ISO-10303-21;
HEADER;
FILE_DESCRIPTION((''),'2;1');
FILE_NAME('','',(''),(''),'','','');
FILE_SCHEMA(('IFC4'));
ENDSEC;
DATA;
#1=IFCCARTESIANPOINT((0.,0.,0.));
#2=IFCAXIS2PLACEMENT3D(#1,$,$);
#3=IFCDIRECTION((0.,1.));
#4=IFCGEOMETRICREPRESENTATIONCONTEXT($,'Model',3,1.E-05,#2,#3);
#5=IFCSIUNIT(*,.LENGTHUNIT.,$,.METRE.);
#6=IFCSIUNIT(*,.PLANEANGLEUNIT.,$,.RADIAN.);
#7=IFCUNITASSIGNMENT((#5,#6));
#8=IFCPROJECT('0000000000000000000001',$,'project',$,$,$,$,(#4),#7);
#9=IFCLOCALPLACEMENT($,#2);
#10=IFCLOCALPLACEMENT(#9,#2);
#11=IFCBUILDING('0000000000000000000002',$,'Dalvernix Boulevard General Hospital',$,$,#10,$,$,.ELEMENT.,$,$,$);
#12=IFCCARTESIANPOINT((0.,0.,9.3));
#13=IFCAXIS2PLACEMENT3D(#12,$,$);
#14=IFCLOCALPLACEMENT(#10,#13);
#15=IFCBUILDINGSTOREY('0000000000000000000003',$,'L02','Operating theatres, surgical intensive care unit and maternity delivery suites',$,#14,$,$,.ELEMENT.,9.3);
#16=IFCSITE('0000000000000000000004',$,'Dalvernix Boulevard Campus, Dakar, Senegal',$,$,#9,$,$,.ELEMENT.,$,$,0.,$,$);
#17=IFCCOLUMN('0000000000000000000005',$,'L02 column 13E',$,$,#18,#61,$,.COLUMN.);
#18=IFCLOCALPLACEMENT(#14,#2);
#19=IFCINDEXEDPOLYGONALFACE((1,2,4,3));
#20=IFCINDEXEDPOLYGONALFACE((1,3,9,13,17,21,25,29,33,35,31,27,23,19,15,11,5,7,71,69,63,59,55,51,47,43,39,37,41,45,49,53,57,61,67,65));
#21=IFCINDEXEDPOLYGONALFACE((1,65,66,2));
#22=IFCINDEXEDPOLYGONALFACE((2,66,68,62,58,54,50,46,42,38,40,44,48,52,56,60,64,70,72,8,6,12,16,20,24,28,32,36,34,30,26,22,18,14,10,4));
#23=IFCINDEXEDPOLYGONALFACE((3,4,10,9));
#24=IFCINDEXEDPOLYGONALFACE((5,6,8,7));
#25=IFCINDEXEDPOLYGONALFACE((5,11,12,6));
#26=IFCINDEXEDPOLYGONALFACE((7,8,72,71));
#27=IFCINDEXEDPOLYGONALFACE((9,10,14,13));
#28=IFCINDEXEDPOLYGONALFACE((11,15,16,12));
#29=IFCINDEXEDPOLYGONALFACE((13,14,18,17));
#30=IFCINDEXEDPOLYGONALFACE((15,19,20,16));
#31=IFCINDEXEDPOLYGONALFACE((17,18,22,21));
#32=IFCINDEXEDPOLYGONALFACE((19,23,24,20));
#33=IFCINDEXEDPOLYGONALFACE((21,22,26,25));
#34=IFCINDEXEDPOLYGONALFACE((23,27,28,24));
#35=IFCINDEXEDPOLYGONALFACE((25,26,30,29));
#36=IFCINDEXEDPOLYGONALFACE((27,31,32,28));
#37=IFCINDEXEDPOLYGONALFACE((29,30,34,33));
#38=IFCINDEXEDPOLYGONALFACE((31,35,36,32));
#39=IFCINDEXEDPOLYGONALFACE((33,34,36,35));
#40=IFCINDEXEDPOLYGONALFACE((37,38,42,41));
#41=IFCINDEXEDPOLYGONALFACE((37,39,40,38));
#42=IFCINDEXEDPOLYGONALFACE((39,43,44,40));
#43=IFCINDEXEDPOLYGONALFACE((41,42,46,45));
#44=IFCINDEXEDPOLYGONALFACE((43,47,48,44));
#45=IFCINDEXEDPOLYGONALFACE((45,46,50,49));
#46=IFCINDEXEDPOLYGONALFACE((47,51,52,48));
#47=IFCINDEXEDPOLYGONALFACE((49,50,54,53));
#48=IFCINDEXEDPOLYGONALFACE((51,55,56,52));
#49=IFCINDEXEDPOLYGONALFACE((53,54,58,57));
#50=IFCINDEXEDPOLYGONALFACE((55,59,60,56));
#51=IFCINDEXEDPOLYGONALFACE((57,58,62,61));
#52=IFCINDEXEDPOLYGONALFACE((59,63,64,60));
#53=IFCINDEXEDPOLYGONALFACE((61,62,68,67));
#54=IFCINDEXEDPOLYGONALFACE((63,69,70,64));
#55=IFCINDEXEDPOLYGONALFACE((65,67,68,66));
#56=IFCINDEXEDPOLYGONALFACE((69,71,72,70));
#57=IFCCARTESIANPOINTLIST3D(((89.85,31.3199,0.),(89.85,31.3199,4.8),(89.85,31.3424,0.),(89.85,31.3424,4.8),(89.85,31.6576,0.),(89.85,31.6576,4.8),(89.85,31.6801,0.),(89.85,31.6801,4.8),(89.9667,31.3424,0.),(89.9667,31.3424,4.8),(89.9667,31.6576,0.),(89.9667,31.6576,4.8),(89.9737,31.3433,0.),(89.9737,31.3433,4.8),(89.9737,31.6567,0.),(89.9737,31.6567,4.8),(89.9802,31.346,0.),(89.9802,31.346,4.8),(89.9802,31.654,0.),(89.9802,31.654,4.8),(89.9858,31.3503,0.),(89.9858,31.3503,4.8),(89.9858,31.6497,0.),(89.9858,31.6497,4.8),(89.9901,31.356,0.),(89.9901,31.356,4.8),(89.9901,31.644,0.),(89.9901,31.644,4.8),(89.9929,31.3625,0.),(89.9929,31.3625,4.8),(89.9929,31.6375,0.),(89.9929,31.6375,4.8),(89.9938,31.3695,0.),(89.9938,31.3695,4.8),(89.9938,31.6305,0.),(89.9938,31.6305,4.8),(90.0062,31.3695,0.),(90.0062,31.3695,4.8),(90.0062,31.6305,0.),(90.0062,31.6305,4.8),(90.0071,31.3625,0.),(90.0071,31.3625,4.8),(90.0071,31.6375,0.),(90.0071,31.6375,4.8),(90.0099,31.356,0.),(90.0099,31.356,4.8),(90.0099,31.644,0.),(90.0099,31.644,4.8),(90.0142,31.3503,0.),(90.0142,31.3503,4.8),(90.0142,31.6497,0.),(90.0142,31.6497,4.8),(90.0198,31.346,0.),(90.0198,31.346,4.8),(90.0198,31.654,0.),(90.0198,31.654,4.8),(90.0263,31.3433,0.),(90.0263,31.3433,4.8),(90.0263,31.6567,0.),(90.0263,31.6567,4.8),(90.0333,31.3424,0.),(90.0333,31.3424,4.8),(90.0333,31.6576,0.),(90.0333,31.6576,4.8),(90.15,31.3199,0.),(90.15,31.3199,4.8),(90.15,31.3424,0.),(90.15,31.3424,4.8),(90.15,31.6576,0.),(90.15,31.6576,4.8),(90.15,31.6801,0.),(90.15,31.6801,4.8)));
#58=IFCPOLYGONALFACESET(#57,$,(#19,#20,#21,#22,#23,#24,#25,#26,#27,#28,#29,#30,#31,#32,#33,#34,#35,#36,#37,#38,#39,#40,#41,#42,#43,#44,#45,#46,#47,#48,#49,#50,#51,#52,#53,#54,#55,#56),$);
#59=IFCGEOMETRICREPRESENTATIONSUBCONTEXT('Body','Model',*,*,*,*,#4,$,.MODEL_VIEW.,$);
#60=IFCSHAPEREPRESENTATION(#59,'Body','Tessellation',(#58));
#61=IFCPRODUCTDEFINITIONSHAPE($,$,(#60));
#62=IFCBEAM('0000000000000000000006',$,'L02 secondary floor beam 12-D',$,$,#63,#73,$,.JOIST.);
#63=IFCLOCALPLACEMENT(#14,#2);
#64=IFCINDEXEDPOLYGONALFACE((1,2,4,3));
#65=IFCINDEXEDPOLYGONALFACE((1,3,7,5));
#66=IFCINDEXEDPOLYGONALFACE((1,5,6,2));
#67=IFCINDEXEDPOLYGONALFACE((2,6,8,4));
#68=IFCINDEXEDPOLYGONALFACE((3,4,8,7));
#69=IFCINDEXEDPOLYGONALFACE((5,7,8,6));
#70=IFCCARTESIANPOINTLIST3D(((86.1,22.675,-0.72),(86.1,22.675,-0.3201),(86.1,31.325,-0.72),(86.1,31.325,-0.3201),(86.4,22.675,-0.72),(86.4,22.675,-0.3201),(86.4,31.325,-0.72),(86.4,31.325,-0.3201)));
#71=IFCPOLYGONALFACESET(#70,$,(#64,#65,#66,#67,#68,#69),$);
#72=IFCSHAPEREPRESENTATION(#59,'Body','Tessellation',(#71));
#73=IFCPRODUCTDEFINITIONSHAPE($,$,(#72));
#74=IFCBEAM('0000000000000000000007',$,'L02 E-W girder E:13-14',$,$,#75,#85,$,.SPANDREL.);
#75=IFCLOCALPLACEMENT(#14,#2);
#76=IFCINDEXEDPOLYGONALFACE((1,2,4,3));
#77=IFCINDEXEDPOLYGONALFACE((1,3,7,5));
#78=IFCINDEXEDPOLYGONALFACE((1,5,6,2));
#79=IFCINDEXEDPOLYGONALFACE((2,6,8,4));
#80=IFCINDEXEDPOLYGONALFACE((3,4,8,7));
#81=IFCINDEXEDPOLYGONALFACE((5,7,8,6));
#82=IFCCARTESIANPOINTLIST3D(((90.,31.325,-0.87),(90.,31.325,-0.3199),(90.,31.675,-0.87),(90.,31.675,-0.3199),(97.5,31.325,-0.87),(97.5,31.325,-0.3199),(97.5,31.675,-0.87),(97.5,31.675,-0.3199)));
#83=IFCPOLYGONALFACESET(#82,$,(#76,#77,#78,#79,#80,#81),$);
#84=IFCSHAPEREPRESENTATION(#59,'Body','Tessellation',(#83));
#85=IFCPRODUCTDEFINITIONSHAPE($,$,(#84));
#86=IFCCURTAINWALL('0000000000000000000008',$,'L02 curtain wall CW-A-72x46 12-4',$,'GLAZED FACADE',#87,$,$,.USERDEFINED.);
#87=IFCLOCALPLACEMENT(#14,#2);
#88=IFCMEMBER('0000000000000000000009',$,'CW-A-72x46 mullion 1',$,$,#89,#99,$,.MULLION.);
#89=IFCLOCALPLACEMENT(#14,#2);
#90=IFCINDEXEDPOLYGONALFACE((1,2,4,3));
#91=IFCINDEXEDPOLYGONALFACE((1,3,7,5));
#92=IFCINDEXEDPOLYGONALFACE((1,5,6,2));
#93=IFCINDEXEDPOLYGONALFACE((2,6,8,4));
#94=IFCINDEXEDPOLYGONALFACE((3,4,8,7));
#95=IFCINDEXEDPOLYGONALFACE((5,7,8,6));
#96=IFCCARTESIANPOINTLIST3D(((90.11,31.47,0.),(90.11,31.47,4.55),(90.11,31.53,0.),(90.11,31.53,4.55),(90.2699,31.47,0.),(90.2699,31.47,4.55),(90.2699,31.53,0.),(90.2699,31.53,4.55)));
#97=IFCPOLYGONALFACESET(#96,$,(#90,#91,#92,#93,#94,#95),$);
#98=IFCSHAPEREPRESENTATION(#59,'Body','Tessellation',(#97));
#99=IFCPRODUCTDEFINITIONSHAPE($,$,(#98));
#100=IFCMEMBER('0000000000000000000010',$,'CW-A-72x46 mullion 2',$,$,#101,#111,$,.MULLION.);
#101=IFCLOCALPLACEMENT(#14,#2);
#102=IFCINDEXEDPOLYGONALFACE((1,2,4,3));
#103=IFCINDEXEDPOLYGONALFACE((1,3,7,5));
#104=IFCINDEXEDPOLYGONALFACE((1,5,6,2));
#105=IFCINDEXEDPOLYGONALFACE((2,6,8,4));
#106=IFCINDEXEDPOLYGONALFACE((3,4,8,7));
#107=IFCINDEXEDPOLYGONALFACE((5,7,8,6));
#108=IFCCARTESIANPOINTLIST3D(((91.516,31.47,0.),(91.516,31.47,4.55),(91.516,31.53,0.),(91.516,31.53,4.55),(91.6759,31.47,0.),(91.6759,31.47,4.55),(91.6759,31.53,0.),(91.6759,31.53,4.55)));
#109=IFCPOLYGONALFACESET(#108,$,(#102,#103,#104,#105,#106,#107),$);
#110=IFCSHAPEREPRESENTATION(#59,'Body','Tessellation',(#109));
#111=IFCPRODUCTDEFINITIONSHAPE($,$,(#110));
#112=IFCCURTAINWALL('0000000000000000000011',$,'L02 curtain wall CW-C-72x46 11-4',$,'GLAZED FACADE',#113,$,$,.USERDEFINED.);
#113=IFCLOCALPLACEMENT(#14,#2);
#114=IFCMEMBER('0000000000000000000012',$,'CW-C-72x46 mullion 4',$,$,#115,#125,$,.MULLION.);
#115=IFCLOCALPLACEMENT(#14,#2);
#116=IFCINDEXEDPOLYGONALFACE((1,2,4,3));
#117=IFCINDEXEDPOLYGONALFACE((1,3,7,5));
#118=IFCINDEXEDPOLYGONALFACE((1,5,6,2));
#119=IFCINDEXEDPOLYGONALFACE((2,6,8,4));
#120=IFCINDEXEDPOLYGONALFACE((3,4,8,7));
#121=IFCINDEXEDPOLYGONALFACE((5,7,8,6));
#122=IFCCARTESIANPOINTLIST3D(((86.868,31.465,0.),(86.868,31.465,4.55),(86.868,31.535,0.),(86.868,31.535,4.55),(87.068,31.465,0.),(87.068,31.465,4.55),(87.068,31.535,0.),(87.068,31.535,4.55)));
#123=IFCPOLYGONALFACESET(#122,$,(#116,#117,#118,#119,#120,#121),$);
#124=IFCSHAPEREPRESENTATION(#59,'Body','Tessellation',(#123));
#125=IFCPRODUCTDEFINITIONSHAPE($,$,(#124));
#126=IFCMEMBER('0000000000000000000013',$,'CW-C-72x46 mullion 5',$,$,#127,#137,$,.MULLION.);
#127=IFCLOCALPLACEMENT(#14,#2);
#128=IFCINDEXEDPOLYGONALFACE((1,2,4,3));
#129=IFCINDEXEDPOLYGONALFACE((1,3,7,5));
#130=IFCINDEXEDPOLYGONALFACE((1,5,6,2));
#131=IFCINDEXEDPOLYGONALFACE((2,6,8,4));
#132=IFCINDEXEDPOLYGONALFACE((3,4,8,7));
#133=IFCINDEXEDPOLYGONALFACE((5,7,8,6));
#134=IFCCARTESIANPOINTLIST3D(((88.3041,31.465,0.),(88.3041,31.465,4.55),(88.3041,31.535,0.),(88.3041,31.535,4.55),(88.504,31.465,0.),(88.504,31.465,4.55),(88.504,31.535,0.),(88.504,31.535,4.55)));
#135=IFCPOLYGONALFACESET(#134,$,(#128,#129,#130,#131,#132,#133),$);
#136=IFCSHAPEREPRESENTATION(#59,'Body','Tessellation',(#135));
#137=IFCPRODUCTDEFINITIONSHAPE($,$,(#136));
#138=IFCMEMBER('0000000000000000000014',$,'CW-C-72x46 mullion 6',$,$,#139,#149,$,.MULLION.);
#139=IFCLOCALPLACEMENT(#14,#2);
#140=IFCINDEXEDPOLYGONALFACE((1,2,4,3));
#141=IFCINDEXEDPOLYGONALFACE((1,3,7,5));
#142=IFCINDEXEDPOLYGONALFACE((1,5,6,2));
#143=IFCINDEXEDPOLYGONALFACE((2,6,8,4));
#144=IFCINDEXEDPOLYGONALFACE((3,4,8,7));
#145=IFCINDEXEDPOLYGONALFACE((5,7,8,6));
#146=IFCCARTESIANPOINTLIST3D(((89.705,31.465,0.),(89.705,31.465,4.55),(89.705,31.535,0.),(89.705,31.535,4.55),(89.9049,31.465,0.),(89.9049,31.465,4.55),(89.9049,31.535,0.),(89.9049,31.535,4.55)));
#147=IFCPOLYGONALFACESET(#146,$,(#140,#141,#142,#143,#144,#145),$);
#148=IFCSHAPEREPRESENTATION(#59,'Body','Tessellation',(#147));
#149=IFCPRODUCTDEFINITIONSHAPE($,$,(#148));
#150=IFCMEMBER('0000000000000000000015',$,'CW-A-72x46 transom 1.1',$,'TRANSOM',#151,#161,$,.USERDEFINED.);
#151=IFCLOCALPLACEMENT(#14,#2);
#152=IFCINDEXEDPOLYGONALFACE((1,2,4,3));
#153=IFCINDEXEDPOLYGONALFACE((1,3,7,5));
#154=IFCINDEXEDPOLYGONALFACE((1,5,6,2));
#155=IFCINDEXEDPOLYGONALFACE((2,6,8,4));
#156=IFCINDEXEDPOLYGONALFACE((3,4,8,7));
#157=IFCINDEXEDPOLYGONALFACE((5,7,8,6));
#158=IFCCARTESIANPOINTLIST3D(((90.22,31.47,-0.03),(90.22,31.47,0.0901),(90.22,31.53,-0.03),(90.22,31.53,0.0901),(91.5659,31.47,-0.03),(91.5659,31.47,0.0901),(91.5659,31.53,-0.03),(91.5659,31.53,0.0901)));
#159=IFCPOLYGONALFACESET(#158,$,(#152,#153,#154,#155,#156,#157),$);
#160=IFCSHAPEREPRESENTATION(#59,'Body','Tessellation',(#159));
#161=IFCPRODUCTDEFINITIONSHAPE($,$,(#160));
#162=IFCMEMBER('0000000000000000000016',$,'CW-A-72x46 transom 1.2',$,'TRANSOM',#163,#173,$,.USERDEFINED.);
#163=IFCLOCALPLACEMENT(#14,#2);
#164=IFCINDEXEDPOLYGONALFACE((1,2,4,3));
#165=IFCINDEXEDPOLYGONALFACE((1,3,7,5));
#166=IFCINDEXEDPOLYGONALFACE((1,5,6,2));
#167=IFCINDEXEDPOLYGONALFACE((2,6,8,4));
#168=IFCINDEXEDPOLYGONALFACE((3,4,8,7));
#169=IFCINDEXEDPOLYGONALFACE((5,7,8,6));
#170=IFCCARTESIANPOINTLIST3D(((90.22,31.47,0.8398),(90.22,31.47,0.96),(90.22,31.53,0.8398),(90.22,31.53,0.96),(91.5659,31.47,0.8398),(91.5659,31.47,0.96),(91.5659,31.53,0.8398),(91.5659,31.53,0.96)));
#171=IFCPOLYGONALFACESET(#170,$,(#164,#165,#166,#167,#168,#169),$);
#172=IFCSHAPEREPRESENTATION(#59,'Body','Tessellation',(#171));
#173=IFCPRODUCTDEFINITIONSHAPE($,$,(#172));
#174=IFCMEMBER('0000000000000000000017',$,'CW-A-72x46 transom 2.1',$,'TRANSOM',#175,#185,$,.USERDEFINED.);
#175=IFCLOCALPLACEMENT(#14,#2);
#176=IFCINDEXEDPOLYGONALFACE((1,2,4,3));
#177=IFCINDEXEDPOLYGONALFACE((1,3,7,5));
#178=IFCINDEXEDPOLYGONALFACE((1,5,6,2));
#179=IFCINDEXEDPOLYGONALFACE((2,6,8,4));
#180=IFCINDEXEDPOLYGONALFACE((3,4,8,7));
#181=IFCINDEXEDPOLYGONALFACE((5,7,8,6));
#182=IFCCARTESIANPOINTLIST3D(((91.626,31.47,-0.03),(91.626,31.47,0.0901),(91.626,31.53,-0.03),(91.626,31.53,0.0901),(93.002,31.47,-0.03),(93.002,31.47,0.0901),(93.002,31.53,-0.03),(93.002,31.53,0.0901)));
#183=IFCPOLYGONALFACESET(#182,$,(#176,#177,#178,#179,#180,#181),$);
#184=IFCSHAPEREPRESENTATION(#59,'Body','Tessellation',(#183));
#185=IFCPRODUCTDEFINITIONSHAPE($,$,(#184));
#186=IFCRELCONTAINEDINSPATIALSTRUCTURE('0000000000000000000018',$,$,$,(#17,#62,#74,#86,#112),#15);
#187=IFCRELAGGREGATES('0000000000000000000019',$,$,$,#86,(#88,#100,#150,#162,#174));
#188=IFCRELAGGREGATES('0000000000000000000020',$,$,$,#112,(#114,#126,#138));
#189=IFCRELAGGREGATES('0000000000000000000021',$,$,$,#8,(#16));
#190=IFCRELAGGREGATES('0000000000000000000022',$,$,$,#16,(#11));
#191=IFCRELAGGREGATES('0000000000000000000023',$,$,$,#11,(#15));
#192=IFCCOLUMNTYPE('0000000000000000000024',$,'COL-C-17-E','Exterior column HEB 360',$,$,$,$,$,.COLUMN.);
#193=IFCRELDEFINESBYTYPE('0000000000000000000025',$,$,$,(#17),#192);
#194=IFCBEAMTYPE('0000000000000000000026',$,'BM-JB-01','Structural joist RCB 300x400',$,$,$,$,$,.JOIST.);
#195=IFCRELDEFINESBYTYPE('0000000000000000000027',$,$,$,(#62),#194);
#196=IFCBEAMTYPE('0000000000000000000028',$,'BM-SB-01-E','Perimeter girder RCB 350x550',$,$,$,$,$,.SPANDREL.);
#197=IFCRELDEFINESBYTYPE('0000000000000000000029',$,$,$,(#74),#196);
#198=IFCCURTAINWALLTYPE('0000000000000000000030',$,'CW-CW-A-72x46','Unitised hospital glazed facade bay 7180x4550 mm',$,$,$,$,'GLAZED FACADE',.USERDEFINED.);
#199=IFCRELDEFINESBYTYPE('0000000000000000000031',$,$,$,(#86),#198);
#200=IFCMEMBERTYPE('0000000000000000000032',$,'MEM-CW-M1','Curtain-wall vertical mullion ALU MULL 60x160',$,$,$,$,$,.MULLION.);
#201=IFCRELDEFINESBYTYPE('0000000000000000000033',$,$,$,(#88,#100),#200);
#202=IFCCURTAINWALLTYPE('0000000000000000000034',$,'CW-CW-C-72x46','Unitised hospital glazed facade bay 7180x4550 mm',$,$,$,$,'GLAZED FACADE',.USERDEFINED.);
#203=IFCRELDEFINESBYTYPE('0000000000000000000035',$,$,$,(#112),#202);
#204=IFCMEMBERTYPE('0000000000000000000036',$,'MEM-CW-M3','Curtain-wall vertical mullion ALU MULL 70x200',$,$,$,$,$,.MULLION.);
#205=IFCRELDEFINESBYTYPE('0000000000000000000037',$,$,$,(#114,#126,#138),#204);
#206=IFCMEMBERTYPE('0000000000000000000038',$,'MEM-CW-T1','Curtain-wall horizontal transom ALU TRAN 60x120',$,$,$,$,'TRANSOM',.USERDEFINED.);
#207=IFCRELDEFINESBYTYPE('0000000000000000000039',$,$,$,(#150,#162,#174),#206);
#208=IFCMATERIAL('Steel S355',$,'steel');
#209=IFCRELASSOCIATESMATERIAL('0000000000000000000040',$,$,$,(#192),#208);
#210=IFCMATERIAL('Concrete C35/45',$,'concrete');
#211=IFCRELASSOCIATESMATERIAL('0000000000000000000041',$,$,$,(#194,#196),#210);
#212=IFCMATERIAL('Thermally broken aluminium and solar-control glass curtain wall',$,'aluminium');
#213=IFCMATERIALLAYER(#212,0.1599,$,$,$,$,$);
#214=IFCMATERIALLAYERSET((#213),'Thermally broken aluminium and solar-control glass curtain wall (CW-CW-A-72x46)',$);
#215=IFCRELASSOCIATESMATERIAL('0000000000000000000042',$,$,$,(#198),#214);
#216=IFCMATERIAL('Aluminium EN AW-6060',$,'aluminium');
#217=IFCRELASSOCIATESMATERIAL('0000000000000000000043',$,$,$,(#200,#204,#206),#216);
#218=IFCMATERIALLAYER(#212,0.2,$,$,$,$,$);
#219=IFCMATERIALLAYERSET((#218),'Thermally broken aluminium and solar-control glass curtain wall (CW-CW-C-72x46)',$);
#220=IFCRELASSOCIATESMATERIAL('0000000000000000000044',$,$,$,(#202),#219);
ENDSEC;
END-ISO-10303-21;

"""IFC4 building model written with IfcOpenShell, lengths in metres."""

from ifc_helpers import new_model, si_unit, direction, frame, origin, origin_2d, place, context, subcontext, project, spatial, rectangle, i_section, extrude, material, layer, layer_set, material_profile, profile_set, type_object, element, aggregate, save


model = new_model("IFC4")

# Units and contexts
model_context = context("Model", 3, precision=1e-05, world=origin(), true_north=direction((0.0, 1.0)))
body_context = subcontext(model_context, "Body", "Model", "MODEL_VIEW")
ifc_project = project(units=[si_unit("LENGTHUNIT", "METRE"), si_unit("PLANEANGLEUNIT", "RADIAN")], contexts=[model_context])

# Site, building, storey
site_placement = place(None, origin())
site = spatial("IfcSite", under=ifc_project, at=site_placement, Name="Dalvernix Boulevard Campus, Dakar, Senegal", CompositionType="ELEMENT", RefElevation=0.0)
building_placement = place(site_placement, origin())
building = spatial("IfcBuilding", under=site, at=building_placement, Name="Dalvernix Boulevard General Hospital", CompositionType="ELEMENT")
storey_placement = place(building_placement, frame((0.0, 0.0, 9.3)))
storey = spatial("IfcBuildingStorey", under=building, at=storey_placement, Name="L02", Description="Operating theatres, surgical intensive care unit and maternity delivery suites", CompositionType="ELEMENT", Elevation=9.3)

# Column
ifc_material_1 = material(Name="Steel S355", Category="steel")
ifc_material_profile_1 = material_profile(ifc_material_1, i_section(OverallWidth=0.3, OverallDepth=0.3601, WebThickness=0.0125, FlangeThickness=0.0225, FilletRadius=0.0271, at=origin_2d()), Name="HEB 360")
ifc_profile_set_1 = profile_set([ifc_material_profile_1], Name="Steel S355")
column_type = type_object("IfcColumnType", Name="COL-C-17-E", Description="Exterior column HEB 360", PredefinedType="COLUMN", material=ifc_profile_set_1)
column_placement = place(storey_placement, frame((90.0, 31.5, 0.0), z_axis=(0.0, 0.0, 1.0), x_axis=(1.0, 0.0, 0.0)))
element("IfcColumn", 1, at=column_placement, inside=storey, type_object=column_type, Name="L02 column 13E", PredefinedType="COLUMN", context=body_context, shape_type="SweptSolid", body=[
    extrude(i_section(OverallWidth=0.3, OverallDepth=0.3601, WebThickness=0.0125, FlangeThickness=0.0225, FilletRadius=0.0271, at=origin_2d()), origin(), (0.0, 0.0, 1.0), 4.8),
])

# Beams
ifc_material_2 = material(Name="Concrete C35/45", Category="concrete")
ifc_material_profile_2 = material_profile(ifc_material_2, rectangle(XDim=0.3, YDim=0.3999, at=origin_2d()), Name="RCB 300x400")
ifc_profile_set_2 = profile_set([ifc_material_profile_2], Name="Concrete C35/45")
beam_type_1 = type_object("IfcBeamType", Name="BM-JB-01", Description="Structural joist RCB 300x400", PredefinedType="JOIST", material=ifc_profile_set_2)
beam_1_placement = place(storey_placement, frame((86.25, 22.675, -0.52), z_axis=(0.0, 1.0, 0.0), x_axis=(-1.0, 0.0, 0.0)))
element("IfcBeam", 2, at=beam_1_placement, inside=storey, type_object=beam_type_1, Name="L02 secondary floor beam 12-D", PredefinedType="JOIST", context=body_context, shape_type="SweptSolid", body=[
    extrude(rectangle(XDim=0.3, YDim=0.3999, at=origin_2d()), origin(), (0.0, 0.0, 1.0), 8.6499),
])
ifc_material_profile_3 = material_profile(ifc_material_2, rectangle(XDim=0.3501, YDim=0.55, at=origin_2d()), Name="RCB 350x550")
ifc_profile_set_3 = profile_set([ifc_material_profile_3], Name="Concrete C35/45")
beam_type_2 = type_object("IfcBeamType", Name="BM-SB-01-E", Description="Perimeter girder RCB 350x550", PredefinedType="SPANDREL", material=ifc_profile_set_3)
beam_2_placement = place(storey_placement, frame((90.0, 31.5, -0.595), z_axis=(1.0, 0.0, 0.0), x_axis=(0.0, 1.0, 0.0)))
element("IfcBeam", 3, at=beam_2_placement, inside=storey, type_object=beam_type_2, Name="L02 E-W girder E:13-14", PredefinedType="SPANDREL", context=body_context, shape_type="SweptSolid", body=[
    extrude(rectangle(XDim=0.3501, YDim=0.55, at=origin_2d()), origin(), (0.0, 0.0, 1.0), 7.5),
])

# Curtain walls, members
ifc_material_3 = material(Name="Thermally broken aluminium and solar-control glass curtain wall", Category="aluminium")
ifc_layer_1 = layer(ifc_material_3, 0.1599)
ifc_layer_set_1 = layer_set([ifc_layer_1], Name="Thermally broken aluminium and solar-control glass curtain wall (CW-CW-A-72x46)")
curtain_wall_type_1 = type_object("IfcCurtainWallType", Name="CW-CW-A-72x46", Description="Unitised hospital glazed facade bay 7180x4550 mm", ElementType="GLAZED FACADE", PredefinedType="USERDEFINED", material=ifc_layer_set_1)
curtain_wall_1_placement = place(storey_placement, origin())
curtain_wall_1 = element("IfcCurtainWall", 4, at=curtain_wall_1_placement, inside=storey, type_object=curtain_wall_type_1, Name="L02 curtain wall CW-A-72x46 12-4", ObjectType="GLAZED FACADE", PredefinedType="USERDEFINED")
ifc_material_4 = material(Name="Aluminium EN AW-6060", Category="aluminium")
ifc_material_profile_4 = material_profile(ifc_material_4, rectangle(XDim=0.0601, YDim=0.1599, at=origin_2d()), Name="ALU MULL 60x160")
ifc_profile_set_4 = profile_set([ifc_material_profile_4], Name="Aluminium EN AW-6060")
member_type_1 = type_object("IfcMemberType", Name="MEM-CW-M1", Description="Curtain-wall vertical mullion ALU MULL 60x160", PredefinedType="MULLION", material=ifc_profile_set_4)
member_1_placement = place(storey_placement, frame((90.1899, 31.5, 0.0), z_axis=(0.0, 0.0, 1.0), x_axis=(0.0, 1.0, 0.0)))
member_1 = element("IfcMember", 5, at=member_1_placement, type_object=member_type_1, Name="CW-A-72x46 mullion 1", PredefinedType="MULLION", context=body_context, shape_type="SweptSolid", body=[
    extrude(rectangle(XDim=0.0601, YDim=0.1599, at=origin_2d()), origin(), (0.0, 0.0, 1.0), 4.55),
])
member_2_placement = place(storey_placement, frame((91.5959, 31.5, 0.0), z_axis=(0.0, 0.0, 1.0), x_axis=(0.0, 1.0, 0.0)))
member_2 = element("IfcMember", 6, at=member_2_placement, type_object=member_type_1, Name="CW-A-72x46 mullion 2", PredefinedType="MULLION", context=body_context, shape_type="SweptSolid", body=[
    extrude(rectangle(XDim=0.0601, YDim=0.1599, at=origin_2d()), origin(), (0.0, 0.0, 1.0), 4.55),
])
ifc_layer_2 = layer(ifc_material_3, 0.2)
ifc_layer_set_2 = layer_set([ifc_layer_2], Name="Thermally broken aluminium and solar-control glass curtain wall (CW-CW-C-72x46)")
curtain_wall_type_2 = type_object("IfcCurtainWallType", Name="CW-CW-C-72x46", Description="Unitised hospital glazed facade bay 7180x4550 mm", ElementType="GLAZED FACADE", PredefinedType="USERDEFINED", material=ifc_layer_set_2)
curtain_wall_2_placement = place(storey_placement, origin())
curtain_wall_2 = element("IfcCurtainWall", 7, at=curtain_wall_2_placement, inside=storey, type_object=curtain_wall_type_2, Name="L02 curtain wall CW-C-72x46 11-4", ObjectType="GLAZED FACADE", PredefinedType="USERDEFINED")
ifc_material_profile_5 = material_profile(ifc_material_4, rectangle(XDim=0.0701, YDim=0.2, at=origin_2d()), Name="ALU MULL 70x200")
ifc_profile_set_5 = profile_set([ifc_material_profile_5], Name="Aluminium EN AW-6060")
member_type_2 = type_object("IfcMemberType", Name="MEM-CW-M3", Description="Curtain-wall vertical mullion ALU MULL 70x200", PredefinedType="MULLION", material=ifc_profile_set_5)
member_3_placement = place(storey_placement, frame((86.968, 31.5, 0.0), z_axis=(0.0, 0.0, 1.0), x_axis=(0.0, 1.0, 0.0)))
member_3 = element("IfcMember", 8, at=member_3_placement, type_object=member_type_2, Name="CW-C-72x46 mullion 4", PredefinedType="MULLION", context=body_context, shape_type="SweptSolid", body=[
    extrude(rectangle(XDim=0.0701, YDim=0.2, at=origin_2d()), origin(), (0.0, 0.0, 1.0), 4.55),
])
member_4_placement = place(storey_placement, frame((88.4041, 31.5, 0.0), z_axis=(0.0, 0.0, 1.0), x_axis=(0.0, 1.0, 0.0)))
member_4 = element("IfcMember", 9, at=member_4_placement, type_object=member_type_2, Name="CW-C-72x46 mullion 5", PredefinedType="MULLION", context=body_context, shape_type="SweptSolid", body=[
    extrude(rectangle(XDim=0.0701, YDim=0.2, at=origin_2d()), origin(), (0.0, 0.0, 1.0), 4.55),
])
member_5_placement = place(storey_placement, frame((89.8049, 31.5, 0.0), z_axis=(0.0, 0.0, 1.0), x_axis=(0.0, 1.0, 0.0)))
member_5 = element("IfcMember", 10, at=member_5_placement, type_object=member_type_2, Name="CW-C-72x46 mullion 6", PredefinedType="MULLION", context=body_context, shape_type="SweptSolid", body=[
    extrude(rectangle(XDim=0.0701, YDim=0.2, at=origin_2d()), origin(), (0.0, 0.0, 1.0), 4.55),
])

# Members
ifc_material_profile_6 = material_profile(ifc_material_4, rectangle(XDim=0.0601, YDim=0.1201, at=origin_2d()), Name="ALU TRAN 60x120")
ifc_profile_set_6 = profile_set([ifc_material_profile_6], Name="Aluminium EN AW-6060")
member_type_3 = type_object("IfcMemberType", Name="MEM-CW-T1", Description="Curtain-wall horizontal transom ALU TRAN 60x120", ElementType="TRANSOM", PredefinedType="USERDEFINED", material=ifc_profile_set_6)
member_6_placement = place(storey_placement, frame((90.22, 31.5, 0.03), z_axis=(1.0, 0.0, 0.0), x_axis=(0.0, 1.0, 0.0)))
member_6 = element("IfcMember", 11, at=member_6_placement, type_object=member_type_3, Name="CW-A-72x46 transom 1.1", ObjectType="TRANSOM", PredefinedType="USERDEFINED", context=body_context, shape_type="SweptSolid", body=[
    extrude(rectangle(XDim=0.0601, YDim=0.1201, at=origin_2d()), origin(), (0.0, 0.0, 1.0), 1.3459),
])
member_7_placement = place(storey_placement, frame((90.22, 31.5, 0.8999), z_axis=(1.0, 0.0, 0.0), x_axis=(0.0, 1.0, 0.0)))
member_7 = element("IfcMember", 12, at=member_7_placement, type_object=member_type_3, Name="CW-A-72x46 transom 1.2", ObjectType="TRANSOM", PredefinedType="USERDEFINED", context=body_context, shape_type="SweptSolid", body=[
    extrude(rectangle(XDim=0.0601, YDim=0.1201, at=origin_2d()), origin(), (0.0, 0.0, 1.0), 1.3459),
])
member_8_placement = place(storey_placement, frame((91.626, 31.5, 0.03), z_axis=(1.0, 0.0, 0.0), x_axis=(0.0, 1.0, 0.0)))
member_8 = element("IfcMember", 13, at=member_8_placement, type_object=member_type_3, Name="CW-A-72x46 transom 2.1", ObjectType="TRANSOM", PredefinedType="USERDEFINED", context=body_context, shape_type="SweptSolid", body=[
    extrude(rectangle(XDim=0.0601, YDim=0.1201, at=origin_2d()), origin(), (0.0, 0.0, 1.0), 1.376),
])

aggregate(curtain_wall_1, [member_1, member_2, member_6, member_7, member_8])
aggregate(curtain_wall_2, [member_3, member_4, member_5])

save(model, "model.ifc")
